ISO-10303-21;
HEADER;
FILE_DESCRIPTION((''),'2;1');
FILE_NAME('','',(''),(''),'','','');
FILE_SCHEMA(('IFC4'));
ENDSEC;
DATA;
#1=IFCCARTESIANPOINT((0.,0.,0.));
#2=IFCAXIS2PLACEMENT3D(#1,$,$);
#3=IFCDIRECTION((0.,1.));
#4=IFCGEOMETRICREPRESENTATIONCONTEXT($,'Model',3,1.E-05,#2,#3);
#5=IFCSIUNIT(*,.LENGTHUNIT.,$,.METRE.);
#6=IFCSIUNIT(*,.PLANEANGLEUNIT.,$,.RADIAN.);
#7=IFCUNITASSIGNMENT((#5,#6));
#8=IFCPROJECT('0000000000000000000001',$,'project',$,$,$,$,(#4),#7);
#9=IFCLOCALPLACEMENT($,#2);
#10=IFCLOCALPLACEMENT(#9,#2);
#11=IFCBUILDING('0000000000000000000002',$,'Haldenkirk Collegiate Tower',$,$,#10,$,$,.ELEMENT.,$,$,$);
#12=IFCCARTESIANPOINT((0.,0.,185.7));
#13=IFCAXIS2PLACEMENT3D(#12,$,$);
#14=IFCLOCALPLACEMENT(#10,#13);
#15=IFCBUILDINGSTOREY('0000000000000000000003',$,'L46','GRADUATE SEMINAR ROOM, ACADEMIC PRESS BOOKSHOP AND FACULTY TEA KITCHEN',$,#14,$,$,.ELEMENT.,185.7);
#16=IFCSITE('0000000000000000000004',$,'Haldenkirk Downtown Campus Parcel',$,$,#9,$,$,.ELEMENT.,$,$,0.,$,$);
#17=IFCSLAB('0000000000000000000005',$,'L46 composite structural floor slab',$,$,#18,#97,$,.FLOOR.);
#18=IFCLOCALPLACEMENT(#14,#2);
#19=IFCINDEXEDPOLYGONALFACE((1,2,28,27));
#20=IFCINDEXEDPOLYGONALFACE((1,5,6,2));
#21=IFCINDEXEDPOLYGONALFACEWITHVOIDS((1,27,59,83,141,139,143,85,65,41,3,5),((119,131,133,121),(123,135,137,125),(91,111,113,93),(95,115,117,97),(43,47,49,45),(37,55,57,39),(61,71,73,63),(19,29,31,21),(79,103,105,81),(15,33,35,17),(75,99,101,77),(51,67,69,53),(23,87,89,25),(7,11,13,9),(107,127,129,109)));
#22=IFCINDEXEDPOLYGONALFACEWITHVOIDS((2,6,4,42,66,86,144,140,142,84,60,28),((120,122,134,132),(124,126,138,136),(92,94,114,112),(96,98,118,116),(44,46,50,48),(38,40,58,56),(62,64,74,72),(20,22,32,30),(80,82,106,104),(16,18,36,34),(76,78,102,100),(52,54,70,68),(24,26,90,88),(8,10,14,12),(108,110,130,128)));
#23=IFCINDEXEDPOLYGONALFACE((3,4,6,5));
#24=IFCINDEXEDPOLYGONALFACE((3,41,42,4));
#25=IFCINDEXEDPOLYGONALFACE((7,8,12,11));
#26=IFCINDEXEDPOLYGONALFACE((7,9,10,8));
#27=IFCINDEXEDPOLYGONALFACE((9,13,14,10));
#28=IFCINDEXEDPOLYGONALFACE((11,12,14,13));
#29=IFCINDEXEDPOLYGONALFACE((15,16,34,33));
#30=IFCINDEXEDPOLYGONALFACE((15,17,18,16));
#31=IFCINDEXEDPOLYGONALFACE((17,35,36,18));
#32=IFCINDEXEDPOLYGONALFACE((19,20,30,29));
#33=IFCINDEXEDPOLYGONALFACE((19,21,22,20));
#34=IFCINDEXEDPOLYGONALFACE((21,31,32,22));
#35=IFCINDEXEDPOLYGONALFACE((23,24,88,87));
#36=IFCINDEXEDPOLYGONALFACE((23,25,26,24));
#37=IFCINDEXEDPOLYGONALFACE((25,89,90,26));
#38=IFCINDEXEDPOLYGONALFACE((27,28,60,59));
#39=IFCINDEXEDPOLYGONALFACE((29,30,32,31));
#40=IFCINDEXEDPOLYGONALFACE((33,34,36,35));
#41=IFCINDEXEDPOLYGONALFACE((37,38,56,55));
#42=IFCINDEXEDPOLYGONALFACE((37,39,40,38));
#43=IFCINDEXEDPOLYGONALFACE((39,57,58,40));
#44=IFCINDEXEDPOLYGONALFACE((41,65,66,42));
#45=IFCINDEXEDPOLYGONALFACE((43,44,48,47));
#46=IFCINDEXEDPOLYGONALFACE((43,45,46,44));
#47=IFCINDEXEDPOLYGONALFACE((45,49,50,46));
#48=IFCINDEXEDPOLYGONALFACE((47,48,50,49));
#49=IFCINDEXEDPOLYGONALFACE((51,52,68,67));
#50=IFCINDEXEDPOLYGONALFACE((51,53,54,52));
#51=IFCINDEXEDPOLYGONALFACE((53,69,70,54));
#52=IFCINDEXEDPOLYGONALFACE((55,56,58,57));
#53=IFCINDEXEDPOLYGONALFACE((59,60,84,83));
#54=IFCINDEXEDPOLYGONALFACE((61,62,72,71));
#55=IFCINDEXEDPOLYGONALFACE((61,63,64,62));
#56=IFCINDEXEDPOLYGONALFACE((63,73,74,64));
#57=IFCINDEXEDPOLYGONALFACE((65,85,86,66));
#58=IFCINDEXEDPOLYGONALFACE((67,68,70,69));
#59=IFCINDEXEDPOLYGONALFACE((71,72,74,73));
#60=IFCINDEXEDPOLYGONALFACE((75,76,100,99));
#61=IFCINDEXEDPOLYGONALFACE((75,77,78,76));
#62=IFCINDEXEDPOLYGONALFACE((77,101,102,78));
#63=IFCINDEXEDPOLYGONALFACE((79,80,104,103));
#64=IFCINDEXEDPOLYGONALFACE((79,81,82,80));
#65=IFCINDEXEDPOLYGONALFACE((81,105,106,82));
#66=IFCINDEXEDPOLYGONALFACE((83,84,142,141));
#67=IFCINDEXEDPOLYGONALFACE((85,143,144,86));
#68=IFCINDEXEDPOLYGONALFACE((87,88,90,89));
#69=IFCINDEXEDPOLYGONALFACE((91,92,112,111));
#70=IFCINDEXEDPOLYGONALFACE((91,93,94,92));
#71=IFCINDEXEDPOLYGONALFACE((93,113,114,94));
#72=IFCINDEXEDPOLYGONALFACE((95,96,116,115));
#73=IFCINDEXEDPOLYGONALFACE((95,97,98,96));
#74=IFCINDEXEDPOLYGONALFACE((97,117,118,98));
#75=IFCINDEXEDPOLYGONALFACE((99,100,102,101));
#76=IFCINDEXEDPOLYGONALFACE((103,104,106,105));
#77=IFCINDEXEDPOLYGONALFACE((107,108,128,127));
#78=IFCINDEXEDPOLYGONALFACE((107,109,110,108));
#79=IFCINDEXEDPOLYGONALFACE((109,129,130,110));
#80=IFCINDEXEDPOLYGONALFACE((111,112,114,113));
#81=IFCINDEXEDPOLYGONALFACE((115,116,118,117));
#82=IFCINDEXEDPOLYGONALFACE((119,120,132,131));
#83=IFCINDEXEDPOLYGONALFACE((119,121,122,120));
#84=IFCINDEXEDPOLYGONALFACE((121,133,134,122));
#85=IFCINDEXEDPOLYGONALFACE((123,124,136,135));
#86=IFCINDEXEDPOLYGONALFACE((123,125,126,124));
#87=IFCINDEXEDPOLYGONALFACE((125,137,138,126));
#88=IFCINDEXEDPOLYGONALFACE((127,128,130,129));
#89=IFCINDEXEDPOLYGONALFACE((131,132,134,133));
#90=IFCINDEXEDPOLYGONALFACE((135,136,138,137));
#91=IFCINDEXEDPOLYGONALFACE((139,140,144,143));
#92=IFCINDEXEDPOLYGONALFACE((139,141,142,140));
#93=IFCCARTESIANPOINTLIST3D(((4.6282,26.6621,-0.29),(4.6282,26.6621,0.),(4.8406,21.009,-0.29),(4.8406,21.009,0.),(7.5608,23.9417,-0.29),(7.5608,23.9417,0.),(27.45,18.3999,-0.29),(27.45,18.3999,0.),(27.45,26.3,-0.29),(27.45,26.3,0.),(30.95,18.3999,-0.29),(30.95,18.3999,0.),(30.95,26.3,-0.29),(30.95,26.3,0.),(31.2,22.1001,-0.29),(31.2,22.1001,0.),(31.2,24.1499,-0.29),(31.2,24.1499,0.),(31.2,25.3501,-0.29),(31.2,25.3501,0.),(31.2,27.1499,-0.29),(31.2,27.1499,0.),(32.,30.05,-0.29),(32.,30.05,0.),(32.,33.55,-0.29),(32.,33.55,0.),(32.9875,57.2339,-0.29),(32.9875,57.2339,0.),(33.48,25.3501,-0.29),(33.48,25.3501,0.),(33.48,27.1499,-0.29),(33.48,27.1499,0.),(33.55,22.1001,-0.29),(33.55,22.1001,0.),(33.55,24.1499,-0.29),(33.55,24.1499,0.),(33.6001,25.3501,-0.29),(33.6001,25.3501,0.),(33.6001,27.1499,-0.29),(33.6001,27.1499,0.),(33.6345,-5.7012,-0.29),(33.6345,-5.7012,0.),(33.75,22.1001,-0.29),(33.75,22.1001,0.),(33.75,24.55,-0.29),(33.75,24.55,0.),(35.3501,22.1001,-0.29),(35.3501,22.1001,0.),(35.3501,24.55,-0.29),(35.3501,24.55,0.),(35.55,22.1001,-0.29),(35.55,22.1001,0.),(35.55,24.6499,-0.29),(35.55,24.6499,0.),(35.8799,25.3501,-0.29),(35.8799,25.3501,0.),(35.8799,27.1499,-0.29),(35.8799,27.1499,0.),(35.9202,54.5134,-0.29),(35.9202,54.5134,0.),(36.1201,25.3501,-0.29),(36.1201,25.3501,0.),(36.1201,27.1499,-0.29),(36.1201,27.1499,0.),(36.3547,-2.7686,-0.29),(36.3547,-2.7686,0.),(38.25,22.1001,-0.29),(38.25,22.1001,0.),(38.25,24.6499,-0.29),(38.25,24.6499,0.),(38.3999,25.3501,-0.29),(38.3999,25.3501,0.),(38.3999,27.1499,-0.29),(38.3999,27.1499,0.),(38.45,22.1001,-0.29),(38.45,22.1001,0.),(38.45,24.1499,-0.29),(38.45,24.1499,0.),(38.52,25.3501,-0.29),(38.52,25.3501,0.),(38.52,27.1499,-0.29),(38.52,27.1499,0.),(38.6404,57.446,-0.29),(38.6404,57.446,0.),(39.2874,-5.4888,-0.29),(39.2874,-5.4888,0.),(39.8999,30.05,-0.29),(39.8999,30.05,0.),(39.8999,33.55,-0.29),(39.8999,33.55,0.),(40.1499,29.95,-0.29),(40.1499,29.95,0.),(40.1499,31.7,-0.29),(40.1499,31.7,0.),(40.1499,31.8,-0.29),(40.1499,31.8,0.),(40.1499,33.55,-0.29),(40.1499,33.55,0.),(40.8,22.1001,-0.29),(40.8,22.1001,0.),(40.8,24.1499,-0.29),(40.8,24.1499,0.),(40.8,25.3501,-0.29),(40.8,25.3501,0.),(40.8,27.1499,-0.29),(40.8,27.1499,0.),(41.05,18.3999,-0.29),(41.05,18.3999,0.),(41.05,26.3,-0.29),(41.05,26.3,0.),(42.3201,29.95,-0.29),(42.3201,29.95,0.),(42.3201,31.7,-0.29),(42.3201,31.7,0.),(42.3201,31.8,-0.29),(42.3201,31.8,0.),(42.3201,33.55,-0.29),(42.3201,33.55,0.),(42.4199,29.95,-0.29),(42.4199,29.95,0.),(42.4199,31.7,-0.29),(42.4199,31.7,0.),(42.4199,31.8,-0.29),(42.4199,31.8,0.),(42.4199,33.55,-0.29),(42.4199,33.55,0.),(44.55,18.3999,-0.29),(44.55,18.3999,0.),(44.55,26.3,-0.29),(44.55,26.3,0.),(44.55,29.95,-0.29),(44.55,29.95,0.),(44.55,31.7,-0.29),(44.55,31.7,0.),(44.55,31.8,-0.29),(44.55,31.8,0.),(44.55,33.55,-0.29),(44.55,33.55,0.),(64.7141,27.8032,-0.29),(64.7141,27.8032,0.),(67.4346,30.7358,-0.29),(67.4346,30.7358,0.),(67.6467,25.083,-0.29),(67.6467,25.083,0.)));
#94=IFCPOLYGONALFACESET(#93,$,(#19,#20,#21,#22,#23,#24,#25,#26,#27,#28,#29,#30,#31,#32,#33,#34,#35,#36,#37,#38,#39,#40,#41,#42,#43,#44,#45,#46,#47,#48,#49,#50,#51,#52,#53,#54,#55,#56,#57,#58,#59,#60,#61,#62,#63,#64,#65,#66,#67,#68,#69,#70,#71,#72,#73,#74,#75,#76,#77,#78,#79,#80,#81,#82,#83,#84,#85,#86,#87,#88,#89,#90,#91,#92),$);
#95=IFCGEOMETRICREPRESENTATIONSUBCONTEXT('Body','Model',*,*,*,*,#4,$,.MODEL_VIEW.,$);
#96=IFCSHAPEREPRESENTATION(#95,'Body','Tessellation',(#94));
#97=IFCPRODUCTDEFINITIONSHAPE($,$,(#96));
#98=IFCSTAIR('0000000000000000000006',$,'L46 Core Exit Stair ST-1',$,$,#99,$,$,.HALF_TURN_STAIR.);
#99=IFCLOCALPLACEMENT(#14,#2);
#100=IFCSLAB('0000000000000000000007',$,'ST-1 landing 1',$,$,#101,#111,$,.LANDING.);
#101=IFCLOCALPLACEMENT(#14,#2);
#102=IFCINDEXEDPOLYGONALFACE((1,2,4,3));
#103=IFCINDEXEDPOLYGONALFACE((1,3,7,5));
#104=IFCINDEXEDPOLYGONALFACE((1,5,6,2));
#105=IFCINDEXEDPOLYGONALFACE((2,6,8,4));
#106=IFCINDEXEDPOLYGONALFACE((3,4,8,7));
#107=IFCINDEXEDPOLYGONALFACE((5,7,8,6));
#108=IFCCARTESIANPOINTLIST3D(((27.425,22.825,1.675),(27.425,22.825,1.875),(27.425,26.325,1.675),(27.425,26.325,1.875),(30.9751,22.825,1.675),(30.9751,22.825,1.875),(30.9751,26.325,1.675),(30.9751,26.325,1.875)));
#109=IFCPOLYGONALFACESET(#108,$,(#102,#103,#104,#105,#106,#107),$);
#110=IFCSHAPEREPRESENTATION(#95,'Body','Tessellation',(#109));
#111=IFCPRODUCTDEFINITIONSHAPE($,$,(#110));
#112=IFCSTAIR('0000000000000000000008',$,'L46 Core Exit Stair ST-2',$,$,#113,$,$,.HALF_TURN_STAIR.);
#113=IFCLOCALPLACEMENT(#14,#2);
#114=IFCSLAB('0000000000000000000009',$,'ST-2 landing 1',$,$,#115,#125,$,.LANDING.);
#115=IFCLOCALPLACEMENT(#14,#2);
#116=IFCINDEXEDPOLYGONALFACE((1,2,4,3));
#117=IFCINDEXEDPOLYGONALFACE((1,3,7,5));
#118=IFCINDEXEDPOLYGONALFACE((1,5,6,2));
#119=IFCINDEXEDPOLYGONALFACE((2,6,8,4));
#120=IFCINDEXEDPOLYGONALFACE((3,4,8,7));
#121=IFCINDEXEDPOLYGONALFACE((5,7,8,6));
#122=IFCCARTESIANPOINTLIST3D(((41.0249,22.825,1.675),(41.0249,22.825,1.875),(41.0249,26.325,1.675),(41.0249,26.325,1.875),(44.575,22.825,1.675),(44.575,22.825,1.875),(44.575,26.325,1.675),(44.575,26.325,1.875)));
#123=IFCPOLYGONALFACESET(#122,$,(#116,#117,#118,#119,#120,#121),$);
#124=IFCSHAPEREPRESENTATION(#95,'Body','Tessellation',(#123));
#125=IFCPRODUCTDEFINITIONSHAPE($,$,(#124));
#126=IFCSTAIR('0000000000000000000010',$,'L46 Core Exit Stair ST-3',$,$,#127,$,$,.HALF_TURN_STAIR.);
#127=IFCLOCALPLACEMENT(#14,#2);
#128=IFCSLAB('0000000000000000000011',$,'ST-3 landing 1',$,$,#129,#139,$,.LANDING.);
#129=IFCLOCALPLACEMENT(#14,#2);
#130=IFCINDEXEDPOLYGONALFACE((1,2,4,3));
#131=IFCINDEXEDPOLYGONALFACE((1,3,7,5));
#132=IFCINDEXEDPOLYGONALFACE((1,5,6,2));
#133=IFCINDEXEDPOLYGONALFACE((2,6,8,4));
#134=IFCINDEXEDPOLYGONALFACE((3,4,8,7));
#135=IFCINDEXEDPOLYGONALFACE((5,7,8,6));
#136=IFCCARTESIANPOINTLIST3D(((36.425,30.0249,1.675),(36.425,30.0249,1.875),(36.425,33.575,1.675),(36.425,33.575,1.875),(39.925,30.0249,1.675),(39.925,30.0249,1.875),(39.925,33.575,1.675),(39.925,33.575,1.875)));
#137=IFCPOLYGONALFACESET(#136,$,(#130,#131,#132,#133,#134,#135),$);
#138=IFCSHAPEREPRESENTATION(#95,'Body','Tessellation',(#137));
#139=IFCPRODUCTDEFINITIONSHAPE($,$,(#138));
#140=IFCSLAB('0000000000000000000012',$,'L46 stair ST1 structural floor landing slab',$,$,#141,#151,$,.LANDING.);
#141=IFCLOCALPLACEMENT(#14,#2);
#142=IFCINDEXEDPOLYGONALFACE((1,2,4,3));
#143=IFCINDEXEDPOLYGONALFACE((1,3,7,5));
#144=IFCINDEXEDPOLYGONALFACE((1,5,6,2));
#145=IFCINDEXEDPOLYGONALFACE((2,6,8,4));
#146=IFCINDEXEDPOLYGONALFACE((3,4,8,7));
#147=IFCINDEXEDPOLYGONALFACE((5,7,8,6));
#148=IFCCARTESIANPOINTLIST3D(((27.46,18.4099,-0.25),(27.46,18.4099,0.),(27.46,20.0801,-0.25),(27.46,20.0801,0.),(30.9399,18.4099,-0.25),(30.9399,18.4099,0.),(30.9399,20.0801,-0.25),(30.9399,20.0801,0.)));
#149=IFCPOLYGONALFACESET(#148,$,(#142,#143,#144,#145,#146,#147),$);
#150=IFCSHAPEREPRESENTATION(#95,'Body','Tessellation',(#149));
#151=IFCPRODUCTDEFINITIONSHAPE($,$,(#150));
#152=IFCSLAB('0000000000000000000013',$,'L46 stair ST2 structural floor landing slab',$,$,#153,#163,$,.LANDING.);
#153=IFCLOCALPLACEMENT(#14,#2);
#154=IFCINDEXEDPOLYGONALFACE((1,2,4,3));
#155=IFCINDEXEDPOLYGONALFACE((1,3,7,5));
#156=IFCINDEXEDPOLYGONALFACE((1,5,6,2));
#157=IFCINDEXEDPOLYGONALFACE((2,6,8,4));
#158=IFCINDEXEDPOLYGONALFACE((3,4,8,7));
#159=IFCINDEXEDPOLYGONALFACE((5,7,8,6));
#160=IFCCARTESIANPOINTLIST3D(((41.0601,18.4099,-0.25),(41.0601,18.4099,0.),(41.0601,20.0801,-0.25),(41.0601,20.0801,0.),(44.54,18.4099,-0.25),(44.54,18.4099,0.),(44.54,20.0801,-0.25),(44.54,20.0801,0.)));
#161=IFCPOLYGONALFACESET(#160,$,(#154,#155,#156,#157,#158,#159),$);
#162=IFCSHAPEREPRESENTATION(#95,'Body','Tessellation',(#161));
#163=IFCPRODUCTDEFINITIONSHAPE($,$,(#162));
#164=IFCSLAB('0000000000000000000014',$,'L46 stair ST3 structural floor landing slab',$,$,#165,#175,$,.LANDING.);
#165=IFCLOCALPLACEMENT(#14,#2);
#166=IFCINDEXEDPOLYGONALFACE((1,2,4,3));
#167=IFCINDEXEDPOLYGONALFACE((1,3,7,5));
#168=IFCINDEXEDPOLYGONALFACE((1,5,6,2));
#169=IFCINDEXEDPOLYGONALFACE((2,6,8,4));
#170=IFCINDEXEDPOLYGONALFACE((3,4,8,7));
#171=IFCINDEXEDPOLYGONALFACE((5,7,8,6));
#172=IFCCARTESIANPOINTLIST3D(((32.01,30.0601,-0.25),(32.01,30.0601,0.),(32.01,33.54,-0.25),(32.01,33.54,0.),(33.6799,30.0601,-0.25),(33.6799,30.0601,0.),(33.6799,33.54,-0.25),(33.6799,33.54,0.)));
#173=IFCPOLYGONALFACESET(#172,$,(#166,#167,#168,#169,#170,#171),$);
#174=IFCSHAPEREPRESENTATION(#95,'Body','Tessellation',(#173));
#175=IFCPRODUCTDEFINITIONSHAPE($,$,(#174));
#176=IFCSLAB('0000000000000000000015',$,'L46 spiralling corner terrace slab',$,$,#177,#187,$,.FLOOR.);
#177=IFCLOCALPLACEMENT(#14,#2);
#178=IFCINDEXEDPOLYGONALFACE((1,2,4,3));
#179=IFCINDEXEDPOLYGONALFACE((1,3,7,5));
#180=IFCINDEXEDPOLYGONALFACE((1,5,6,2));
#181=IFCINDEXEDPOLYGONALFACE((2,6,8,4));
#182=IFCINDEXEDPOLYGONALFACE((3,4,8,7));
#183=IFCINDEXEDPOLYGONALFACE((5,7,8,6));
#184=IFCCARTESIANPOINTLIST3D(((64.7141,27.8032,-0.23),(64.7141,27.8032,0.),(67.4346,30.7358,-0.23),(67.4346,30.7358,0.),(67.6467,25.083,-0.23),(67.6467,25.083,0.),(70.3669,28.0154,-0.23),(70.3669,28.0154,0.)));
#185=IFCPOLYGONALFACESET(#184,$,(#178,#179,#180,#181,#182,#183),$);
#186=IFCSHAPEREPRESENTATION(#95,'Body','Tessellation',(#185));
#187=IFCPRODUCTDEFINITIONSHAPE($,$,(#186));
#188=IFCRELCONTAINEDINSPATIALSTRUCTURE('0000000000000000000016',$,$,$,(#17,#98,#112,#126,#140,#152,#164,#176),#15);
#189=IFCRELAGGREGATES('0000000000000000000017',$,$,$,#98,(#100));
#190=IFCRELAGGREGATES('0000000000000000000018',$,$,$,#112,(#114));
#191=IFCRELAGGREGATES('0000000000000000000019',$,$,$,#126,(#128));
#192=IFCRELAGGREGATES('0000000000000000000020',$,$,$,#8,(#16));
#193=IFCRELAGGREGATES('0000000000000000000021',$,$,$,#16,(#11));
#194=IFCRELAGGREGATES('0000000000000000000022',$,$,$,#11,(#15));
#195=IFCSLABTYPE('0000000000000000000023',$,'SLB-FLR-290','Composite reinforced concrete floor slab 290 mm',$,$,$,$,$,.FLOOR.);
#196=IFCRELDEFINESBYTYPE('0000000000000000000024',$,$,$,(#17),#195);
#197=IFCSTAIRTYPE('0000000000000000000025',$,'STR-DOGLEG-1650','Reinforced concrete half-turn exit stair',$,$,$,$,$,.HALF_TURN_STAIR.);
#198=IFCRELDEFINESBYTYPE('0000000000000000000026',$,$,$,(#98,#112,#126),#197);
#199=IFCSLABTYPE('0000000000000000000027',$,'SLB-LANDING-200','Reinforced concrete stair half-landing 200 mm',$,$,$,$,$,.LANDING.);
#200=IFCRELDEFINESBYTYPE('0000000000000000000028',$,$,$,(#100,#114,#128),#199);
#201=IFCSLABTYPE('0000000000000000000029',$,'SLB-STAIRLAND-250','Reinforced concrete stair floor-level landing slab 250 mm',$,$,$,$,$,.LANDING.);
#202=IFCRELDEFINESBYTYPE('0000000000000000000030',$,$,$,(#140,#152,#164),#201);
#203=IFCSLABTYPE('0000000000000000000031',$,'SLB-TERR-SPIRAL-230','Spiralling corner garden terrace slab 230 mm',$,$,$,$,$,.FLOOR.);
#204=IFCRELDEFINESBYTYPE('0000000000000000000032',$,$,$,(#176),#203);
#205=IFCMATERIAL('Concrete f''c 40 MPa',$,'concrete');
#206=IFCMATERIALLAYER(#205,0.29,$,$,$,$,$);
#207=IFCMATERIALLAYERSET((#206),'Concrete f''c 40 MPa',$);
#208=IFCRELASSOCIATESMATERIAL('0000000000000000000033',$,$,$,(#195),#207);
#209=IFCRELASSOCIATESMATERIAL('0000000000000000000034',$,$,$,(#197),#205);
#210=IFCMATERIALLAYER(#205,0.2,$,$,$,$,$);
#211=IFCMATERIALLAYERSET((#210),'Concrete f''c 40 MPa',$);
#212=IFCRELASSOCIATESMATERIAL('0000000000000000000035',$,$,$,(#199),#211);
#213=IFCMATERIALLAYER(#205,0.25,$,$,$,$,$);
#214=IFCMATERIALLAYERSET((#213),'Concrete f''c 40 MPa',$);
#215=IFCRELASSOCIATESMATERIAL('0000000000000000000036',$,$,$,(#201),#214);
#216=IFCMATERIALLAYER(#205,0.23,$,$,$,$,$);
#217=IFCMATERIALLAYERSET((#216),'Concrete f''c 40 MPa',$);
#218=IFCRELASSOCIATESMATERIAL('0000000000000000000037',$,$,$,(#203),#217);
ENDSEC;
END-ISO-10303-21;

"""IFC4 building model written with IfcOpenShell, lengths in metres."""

from ifc_helpers import new_model, si_unit, direction, frame, origin, place, context, subcontext, project, spatial, polyline, outline, extrude, material, layer, layer_set, type_object, element, aggregate, save


model = new_model("IFC4")

# Units and contexts
model_context = context("Model", 3, precision=1e-05, world=origin(), true_north=direction((0.0, 1.0)))
body_context = subcontext(model_context, "Body", "Model", "MODEL_VIEW")
ifc_project = project(units=[si_unit("LENGTHUNIT", "METRE"), si_unit("PLANEANGLEUNIT", "RADIAN")], contexts=[model_context])

# Site, building, storey
site_placement = place(None, origin())
site = spatial("IfcSite", under=ifc_project, at=site_placement, Name="Haldenkirk Downtown Campus Parcel", CompositionType="ELEMENT", RefElevation=0.0)
building_placement = place(site_placement, origin())
building = spatial("IfcBuilding", under=site, at=building_placement, Name="Haldenkirk Collegiate Tower", CompositionType="ELEMENT")
storey_placement = place(building_placement, frame((0.0, 0.0, 185.7)))
storey = spatial("IfcBuildingStorey", under=building, at=storey_placement, Name="L46", Description="GRADUATE SEMINAR ROOM, ACADEMIC PRESS BOOKSHOP AND FACULTY TEA KITCHEN", CompositionType="ELEMENT", Elevation=185.7)

# Slab
ifc_material_1 = material(Name="Concrete f'c 40 MPa", Category="concrete")
ifc_layer_1 = layer(ifc_material_1, 0.29)
ifc_layer_set_1 = layer_set([ifc_layer_1], Name="Concrete f'c 40 MPa")
slab_type_1 = type_object("IfcSlabType", Name="SLB-FLR-290", Description="Composite reinforced concrete floor slab 290 mm", PredefinedType="FLOOR", material=ifc_layer_set_1)
slab_1_placement = place(storey_placement, frame((0.0, 0.0, -0.29)))
element("IfcSlab", 1, at=slab_1_placement, inside=storey, type_object=slab_type_1, Name="L46 composite structural floor slab", PredefinedType="FLOOR", context=body_context, shape_type="SweptSolid", body=[
    extrude(outline(polyline([(39.2874, -5.4888), (67.6467, 25.083), (64.7141, 27.8032), (67.4346, 30.7358), (38.6404, 57.446), (35.9202, 54.5134), (32.9875, 57.2339), (4.6282, 26.6621), (7.5608, 23.9417), (4.8406, 21.009), (33.6345, -5.7012), (36.3547, -2.7686), (39.2874, -5.4888)]), holes=[polyline([(27.45, 18.3999), (30.95, 18.3999), (30.95, 26.3), (27.45, 26.3), (27.45, 18.3999)]), polyline([(41.05, 18.3999), (44.55, 18.3999), (44.55, 26.3), (41.05, 26.3), (41.05, 18.3999)]), polyline([(32.0, 30.05), (39.8999, 30.05), (39.8999, 33.55), (32.0, 33.55), (32.0, 30.05)]), polyline([(33.75, 22.1001), (35.3501, 22.1001), (35.3501, 24.55), (33.75, 24.55), (33.75, 22.1001)]), polyline([(40.1499, 29.95), (42.3201, 29.95), (42.3201, 31.7), (40.1499, 31.7), (40.1499, 29.95)]), polyline([(42.4199, 29.95), (44.55, 29.95), (44.55, 31.7), (42.4199, 31.7), (42.4199, 29.95)]), polyline([(40.1499, 31.8), (42.3201, 31.8), (42.3201, 33.55), (40.1499, 33.55), (40.1499, 31.8)]), polyline([(42.4199, 31.8), (44.55, 31.8), (44.55, 33.55), (42.4199, 33.55), (42.4199, 31.8)]), polyline([(31.2, 25.3501), (33.48, 25.3501), (33.48, 27.1499), (31.2, 27.1499), (31.2, 25.3501)]), polyline([(33.6001, 25.3501), (35.8799, 25.3501), (35.8799, 27.1499), (33.6001, 27.1499), (33.6001, 25.3501)]), polyline([(36.1201, 25.3501), (38.3999, 25.3501), (38.3999, 27.1499), (36.1201, 27.1499), (36.1201, 25.3501)]), polyline([(38.52, 25.3501), (40.8, 25.3501), (40.8, 27.1499), (38.52, 27.1499), (38.52, 25.3501)]), polyline([(31.2, 22.1001), (33.55, 22.1001), (33.55, 24.1499), (31.2, 24.1499), (31.2, 22.1001)]), polyline([(38.45, 22.1001), (40.8, 22.1001), (40.8, 24.1499), (38.45, 24.1499), (38.45, 22.1001)]), polyline([(35.55, 22.1001), (38.25, 22.1001), (38.25, 24.6499), (35.55, 24.6499), (35.55, 22.1001)])]), origin(), (0.0, 0.0, 1.0), 0.29),
])

# Stairs, slabs
stair_type = type_object("IfcStairType", Name="STR-DOGLEG-1650", Description="Reinforced concrete half-turn exit stair", PredefinedType="HALF_TURN_STAIR", material=ifc_material_1)
stair_1_placement = place(storey_placement, origin())
stair_1 = element("IfcStair", 2, at=stair_1_placement, inside=storey, type_object=stair_type, Name="L46 Core Exit Stair ST-1", PredefinedType="HALF_TURN_STAIR")
ifc_layer_2 = layer(ifc_material_1, 0.2)
ifc_layer_set_2 = layer_set([ifc_layer_2], Name="Concrete f'c 40 MPa")
slab_type_2 = type_object("IfcSlabType", Name="SLB-LANDING-200", Description="Reinforced concrete stair half-landing 200 mm", PredefinedType="LANDING", material=ifc_layer_set_2)
slab_2_placement = place(storey_placement, frame((0.0, 0.0, 1.675)))
slab_2 = element("IfcSlab", 3, at=slab_2_placement, type_object=slab_type_2, Name="ST-1 landing 1", PredefinedType="LANDING", context=body_context, shape_type="SweptSolid", body=[
    extrude(outline(polyline([(30.9751, 22.825), (27.425, 22.825), (27.425, 26.325), (30.9751, 26.325), (30.9751, 22.825)])), origin(), (0.0, 0.0, 1.0), 0.2),
])
aggregate(stair_1, [slab_2])
stair_2_placement = place(storey_placement, origin())
stair_2 = element("IfcStair", 4, at=stair_2_placement, inside=storey, type_object=stair_type, Name="L46 Core Exit Stair ST-2", PredefinedType="HALF_TURN_STAIR")
slab_3_placement = place(storey_placement, frame((0.0, 0.0, 1.675)))
slab_3 = element("IfcSlab", 5, at=slab_3_placement, type_object=slab_type_2, Name="ST-2 landing 1", PredefinedType="LANDING", context=body_context, shape_type="SweptSolid", body=[
    extrude(outline(polyline([(44.575, 22.825), (41.0249, 22.825), (41.0249, 26.325), (44.575, 26.325), (44.575, 22.825)])), origin(), (0.0, 0.0, 1.0), 0.2),
])
aggregate(stair_2, [slab_3])
stair_3_placement = place(storey_placement, origin())
stair_3 = element("IfcStair", 6, at=stair_3_placement, inside=storey, type_object=stair_type, Name="L46 Core Exit Stair ST-3", PredefinedType="HALF_TURN_STAIR")
slab_4_placement = place(storey_placement, frame((0.0, 0.0, 1.675)))
slab_4 = element("IfcSlab", 7, at=slab_4_placement, type_object=slab_type_2, Name="ST-3 landing 1", PredefinedType="LANDING", context=body_context, shape_type="SweptSolid", body=[
    extrude(outline(polyline([(36.425, 30.0249), (36.425, 33.575), (39.925, 33.575), (39.925, 30.0249), (36.425, 30.0249)])), origin(), (0.0, 0.0, 1.0), 0.2),
])
aggregate(stair_3, [slab_4])

# Slabs
ifc_layer_3 = layer(ifc_material_1, 0.25)
ifc_layer_set_3 = layer_set([ifc_layer_3], Name="Concrete f'c 40 MPa")
slab_type_3 = type_object("IfcSlabType", Name="SLB-STAIRLAND-250", Description="Reinforced concrete stair floor-level landing slab 250 mm", PredefinedType="LANDING", material=ifc_layer_set_3)
slab_5_placement = place(storey_placement, frame((0.0, 0.0, -0.25)))
element("IfcSlab", 8, at=slab_5_placement, inside=storey, type_object=slab_type_3, Name="L46 stair ST1 structural floor landing slab", PredefinedType="LANDING", context=body_context, shape_type="SweptSolid", body=[
    extrude(outline(polyline([(27.46, 18.4099), (30.9399, 18.4099), (30.9399, 20.0801), (27.46, 20.0801), (27.46, 18.4099)])), origin(), (0.0, 0.0, 1.0), 0.25),
])
slab_6_placement = place(storey_placement, frame((0.0, 0.0, -0.25)))
element("IfcSlab", 9, at=slab_6_placement, inside=storey, type_object=slab_type_3, Name="L46 stair ST2 structural floor landing slab", PredefinedType="LANDING", context=body_context, shape_type="SweptSolid", body=[
    extrude(outline(polyline([(41.0601, 18.4099), (44.54, 18.4099), (44.54, 20.0801), (41.0601, 20.0801), (41.0601, 18.4099)])), origin(), (0.0, 0.0, 1.0), 0.25),
])
slab_7_placement = place(storey_placement, frame((0.0, 0.0, -0.25)))
element("IfcSlab", 10, at=slab_7_placement, inside=storey, type_object=slab_type_3, Name="L46 stair ST3 structural floor landing slab", PredefinedType="LANDING", context=body_context, shape_type="SweptSolid", body=[
    extrude(outline(polyline([(32.01, 30.0601), (33.6799, 30.0601), (33.6799, 33.54), (32.01, 33.54), (32.01, 30.0601)])), origin(), (0.0, 0.0, 1.0), 0.25),
])
ifc_layer_4 = layer(ifc_material_1, 0.23)
ifc_layer_set_4 = layer_set([ifc_layer_4], Name="Concrete f'c 40 MPa")
slab_type_4 = type_object("IfcSlabType", Name="SLB-TERR-SPIRAL-230", Description="Spiralling corner garden terrace slab 230 mm", PredefinedType="FLOOR", material=ifc_layer_set_4)
slab_8_placement = place(storey_placement, frame((0.0, 0.0, -0.23)))
element("IfcSlab", 11, at=slab_8_placement, inside=storey, type_object=slab_type_4, Name="L46 spiralling corner terrace slab", PredefinedType="FLOOR", context=body_context, shape_type="SweptSolid", body=[
    extrude(outline(polyline([(67.6467, 25.083), (70.3669, 28.0154), (67.4346, 30.7358), (64.7141, 27.8032), (67.6467, 25.083)])), origin(), (0.0, 0.0, 1.0), 0.23),
])

save(model, "model.ifc")
